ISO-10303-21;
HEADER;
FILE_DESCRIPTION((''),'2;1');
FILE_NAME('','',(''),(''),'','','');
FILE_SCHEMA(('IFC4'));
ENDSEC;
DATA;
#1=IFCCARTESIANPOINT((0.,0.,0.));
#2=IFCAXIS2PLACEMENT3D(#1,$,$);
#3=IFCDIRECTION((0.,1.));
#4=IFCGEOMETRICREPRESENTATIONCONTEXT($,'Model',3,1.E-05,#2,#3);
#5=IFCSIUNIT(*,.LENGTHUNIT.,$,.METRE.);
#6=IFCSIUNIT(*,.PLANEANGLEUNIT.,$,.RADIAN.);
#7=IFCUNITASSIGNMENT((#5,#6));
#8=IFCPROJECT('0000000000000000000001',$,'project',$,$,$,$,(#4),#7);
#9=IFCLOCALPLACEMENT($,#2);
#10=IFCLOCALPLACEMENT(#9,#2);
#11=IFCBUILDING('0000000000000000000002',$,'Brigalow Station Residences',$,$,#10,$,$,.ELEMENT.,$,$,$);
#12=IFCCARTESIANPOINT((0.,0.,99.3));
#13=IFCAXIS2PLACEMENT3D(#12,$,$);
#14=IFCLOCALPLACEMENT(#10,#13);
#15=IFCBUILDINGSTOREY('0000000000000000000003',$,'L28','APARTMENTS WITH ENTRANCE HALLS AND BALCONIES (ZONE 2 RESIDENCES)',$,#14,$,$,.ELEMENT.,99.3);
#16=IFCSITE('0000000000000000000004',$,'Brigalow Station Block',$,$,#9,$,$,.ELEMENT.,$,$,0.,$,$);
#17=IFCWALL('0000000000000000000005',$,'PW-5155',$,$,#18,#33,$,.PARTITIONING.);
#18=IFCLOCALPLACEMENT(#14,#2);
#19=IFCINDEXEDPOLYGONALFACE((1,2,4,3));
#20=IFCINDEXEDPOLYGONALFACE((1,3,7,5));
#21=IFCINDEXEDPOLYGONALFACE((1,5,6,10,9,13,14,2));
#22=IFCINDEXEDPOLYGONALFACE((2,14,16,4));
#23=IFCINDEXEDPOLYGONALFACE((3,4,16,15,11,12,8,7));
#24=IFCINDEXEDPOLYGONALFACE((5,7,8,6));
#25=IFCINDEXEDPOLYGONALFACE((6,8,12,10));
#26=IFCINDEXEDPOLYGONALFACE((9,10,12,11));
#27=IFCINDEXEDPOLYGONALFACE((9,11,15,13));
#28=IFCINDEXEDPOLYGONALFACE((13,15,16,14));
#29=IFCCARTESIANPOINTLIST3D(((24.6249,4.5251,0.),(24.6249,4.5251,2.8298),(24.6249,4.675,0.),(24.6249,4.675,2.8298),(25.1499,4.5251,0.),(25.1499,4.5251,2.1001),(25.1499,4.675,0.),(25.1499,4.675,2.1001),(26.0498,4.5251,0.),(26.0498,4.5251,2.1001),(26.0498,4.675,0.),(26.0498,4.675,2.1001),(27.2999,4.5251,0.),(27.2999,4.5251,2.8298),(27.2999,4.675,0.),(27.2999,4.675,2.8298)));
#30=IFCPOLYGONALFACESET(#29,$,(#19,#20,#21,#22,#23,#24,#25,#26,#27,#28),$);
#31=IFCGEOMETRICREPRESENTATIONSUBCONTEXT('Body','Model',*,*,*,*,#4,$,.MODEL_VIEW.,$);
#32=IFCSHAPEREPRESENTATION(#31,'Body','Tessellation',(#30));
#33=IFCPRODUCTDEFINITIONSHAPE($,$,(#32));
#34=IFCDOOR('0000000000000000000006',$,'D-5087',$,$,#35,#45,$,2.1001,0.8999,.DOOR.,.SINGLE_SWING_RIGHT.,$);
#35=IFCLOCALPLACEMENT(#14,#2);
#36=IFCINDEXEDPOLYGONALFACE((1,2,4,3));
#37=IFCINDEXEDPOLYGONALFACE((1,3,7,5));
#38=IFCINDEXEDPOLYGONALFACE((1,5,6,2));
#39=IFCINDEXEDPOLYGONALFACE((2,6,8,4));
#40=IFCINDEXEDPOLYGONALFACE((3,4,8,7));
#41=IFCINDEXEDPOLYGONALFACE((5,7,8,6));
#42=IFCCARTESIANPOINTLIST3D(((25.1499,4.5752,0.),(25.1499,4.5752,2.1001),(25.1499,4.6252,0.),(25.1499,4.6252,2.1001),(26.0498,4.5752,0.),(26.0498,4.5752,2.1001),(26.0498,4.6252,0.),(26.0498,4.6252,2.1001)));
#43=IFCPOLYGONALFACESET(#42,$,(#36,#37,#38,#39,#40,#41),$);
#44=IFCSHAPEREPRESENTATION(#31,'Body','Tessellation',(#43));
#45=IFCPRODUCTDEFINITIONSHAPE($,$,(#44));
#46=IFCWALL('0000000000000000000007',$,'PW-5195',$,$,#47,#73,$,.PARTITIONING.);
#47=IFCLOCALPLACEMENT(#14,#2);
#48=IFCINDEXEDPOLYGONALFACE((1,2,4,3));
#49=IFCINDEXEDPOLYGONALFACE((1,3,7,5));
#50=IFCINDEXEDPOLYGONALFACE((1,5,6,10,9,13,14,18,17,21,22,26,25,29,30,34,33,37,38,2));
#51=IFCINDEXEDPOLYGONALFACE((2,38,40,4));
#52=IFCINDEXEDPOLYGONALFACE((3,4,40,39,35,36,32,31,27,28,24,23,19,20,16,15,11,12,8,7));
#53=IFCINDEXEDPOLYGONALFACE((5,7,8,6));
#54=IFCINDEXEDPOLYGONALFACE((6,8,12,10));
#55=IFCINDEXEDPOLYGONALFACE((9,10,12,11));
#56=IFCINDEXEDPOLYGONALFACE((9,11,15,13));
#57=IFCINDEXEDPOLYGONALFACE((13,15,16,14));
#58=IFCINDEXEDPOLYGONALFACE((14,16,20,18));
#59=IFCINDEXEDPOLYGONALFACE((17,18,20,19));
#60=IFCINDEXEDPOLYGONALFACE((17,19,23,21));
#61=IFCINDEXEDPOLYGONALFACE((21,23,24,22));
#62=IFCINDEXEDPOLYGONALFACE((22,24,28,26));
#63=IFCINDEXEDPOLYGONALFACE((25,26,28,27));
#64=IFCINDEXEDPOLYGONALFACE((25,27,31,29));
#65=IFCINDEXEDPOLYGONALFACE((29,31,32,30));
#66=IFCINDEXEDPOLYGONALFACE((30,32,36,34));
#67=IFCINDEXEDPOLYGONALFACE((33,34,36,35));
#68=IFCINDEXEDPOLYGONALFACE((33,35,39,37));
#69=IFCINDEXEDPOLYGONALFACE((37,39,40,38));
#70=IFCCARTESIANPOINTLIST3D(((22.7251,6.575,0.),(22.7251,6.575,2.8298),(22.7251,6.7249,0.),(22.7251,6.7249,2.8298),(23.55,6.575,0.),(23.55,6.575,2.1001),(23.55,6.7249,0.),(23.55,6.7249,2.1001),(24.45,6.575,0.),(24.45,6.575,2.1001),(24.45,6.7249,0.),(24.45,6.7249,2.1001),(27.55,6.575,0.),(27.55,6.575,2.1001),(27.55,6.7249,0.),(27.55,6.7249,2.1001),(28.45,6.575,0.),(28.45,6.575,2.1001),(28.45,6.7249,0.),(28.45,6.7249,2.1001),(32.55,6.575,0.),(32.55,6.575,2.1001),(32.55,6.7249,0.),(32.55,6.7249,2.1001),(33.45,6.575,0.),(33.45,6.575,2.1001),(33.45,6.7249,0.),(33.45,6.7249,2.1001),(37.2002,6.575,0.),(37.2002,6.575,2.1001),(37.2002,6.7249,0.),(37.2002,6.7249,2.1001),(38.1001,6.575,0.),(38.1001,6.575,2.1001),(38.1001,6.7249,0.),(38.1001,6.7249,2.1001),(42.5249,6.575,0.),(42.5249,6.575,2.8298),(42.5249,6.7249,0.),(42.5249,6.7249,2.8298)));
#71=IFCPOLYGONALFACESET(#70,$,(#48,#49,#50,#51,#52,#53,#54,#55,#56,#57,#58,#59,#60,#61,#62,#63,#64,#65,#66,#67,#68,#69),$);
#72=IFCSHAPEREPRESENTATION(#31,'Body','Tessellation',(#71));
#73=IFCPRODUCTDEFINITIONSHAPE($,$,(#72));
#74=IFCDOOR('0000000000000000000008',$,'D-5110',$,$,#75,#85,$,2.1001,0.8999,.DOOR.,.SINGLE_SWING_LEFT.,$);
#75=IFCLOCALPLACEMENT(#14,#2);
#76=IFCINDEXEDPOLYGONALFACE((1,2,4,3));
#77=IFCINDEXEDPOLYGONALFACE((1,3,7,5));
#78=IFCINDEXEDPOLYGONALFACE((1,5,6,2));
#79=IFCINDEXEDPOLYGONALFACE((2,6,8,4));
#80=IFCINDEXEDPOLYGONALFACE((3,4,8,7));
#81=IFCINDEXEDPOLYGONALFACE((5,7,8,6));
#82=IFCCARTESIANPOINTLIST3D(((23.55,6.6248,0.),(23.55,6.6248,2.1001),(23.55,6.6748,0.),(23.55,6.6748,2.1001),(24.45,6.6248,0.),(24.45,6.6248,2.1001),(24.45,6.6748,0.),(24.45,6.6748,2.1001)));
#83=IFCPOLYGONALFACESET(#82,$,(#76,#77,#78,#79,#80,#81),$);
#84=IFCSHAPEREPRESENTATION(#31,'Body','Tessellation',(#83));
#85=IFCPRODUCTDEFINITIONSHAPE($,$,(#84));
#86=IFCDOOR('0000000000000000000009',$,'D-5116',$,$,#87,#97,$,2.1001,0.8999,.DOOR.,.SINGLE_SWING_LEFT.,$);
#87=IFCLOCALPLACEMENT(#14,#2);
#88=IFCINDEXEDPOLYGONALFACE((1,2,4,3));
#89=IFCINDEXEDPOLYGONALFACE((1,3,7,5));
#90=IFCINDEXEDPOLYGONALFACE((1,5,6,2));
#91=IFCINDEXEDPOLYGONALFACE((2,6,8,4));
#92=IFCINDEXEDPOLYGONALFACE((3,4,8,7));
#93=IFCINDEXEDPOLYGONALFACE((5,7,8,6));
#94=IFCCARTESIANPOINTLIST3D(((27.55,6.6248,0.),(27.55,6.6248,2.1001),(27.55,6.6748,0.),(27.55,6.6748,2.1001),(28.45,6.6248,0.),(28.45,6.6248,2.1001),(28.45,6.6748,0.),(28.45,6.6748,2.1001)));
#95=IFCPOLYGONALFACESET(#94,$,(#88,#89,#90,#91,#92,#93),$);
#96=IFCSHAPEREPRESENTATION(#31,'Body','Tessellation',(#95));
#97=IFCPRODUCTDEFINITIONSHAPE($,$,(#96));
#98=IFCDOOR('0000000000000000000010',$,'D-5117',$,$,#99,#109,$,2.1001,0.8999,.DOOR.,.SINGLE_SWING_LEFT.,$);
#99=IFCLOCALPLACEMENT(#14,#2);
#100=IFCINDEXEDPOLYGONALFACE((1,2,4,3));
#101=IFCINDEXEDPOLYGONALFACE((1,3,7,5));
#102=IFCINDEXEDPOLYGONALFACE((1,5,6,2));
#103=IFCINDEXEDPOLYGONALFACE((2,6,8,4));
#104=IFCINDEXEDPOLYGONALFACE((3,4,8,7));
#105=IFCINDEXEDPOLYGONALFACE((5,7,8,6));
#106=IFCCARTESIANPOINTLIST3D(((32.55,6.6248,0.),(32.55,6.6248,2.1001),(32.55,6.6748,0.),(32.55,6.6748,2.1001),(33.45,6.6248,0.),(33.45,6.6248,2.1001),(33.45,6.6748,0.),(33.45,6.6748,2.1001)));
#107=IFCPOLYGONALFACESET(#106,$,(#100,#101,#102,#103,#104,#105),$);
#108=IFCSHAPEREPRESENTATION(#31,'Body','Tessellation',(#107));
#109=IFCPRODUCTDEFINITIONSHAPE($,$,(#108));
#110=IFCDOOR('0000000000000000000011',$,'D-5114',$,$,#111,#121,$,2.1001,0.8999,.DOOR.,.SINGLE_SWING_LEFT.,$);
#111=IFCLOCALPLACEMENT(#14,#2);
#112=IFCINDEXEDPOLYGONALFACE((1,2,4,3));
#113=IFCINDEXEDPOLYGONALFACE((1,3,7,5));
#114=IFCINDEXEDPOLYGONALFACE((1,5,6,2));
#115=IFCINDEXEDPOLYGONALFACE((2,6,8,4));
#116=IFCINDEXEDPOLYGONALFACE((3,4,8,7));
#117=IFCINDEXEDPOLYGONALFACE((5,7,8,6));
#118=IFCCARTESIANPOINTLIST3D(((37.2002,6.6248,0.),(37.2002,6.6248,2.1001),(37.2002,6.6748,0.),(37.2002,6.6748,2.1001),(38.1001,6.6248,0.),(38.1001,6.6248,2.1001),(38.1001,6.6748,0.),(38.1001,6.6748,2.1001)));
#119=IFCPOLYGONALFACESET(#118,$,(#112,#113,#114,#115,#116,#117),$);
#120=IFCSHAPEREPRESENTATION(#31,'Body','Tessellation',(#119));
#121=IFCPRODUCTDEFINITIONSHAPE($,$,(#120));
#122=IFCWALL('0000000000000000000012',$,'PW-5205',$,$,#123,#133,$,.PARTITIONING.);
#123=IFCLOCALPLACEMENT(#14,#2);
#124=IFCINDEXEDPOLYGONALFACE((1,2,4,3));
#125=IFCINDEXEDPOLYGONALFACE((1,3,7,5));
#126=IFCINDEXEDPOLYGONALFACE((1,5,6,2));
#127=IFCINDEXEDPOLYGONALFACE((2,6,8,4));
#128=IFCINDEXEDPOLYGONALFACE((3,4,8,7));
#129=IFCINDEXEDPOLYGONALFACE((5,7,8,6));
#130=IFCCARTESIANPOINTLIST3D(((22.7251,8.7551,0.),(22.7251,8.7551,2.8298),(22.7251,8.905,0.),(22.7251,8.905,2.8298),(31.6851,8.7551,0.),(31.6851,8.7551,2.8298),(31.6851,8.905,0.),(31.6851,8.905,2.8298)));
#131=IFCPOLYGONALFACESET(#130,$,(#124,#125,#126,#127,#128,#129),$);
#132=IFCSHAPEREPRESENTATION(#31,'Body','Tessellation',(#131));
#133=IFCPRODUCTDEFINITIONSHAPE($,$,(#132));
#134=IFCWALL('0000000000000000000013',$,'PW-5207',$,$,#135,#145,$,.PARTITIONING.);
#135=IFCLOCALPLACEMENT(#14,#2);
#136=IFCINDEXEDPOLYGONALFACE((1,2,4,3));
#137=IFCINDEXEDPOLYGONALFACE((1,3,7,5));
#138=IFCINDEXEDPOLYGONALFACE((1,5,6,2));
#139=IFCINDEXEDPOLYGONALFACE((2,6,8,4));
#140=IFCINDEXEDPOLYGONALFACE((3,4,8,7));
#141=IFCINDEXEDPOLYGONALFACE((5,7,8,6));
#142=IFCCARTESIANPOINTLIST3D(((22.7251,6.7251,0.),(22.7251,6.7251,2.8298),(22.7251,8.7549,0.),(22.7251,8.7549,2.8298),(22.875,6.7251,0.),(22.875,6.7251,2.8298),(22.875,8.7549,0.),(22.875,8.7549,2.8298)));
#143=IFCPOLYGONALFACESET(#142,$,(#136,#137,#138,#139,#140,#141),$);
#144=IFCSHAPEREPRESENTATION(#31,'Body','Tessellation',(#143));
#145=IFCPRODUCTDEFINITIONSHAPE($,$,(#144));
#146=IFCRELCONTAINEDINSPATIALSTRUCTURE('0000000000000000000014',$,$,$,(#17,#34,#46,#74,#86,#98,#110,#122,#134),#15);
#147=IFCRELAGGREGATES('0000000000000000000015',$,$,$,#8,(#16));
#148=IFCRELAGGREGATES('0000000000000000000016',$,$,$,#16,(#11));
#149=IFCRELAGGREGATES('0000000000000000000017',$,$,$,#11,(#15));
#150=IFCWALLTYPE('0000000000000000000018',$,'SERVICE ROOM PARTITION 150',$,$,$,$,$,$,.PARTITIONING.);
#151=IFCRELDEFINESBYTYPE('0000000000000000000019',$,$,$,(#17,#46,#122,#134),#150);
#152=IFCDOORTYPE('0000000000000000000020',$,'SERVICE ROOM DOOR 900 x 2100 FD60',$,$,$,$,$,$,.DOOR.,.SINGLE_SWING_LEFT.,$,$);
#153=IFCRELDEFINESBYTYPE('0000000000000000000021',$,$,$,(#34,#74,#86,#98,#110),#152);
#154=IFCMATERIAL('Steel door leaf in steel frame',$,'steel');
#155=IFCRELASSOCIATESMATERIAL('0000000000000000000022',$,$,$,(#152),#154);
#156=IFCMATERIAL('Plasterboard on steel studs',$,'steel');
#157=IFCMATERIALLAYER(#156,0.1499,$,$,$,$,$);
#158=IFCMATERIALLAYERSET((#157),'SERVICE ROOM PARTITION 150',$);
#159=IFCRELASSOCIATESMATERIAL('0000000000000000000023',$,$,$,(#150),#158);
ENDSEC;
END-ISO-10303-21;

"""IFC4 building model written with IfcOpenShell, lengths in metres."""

from ifc_helpers import new_model, si_unit, direction, frame, frame_2d, origin, place, context, subcontext, project, spatial, rectangle, extrude, material, layer, layer_set, type_object, element, fill, save


model = new_model("IFC4")

# Units and contexts
model_context = context("Model", 3, precision=1e-05, world=origin(), true_north=direction((0.0, 1.0)))
body_context = subcontext(model_context, "Body", "Model", "MODEL_VIEW")
ifc_project = project(units=[si_unit("LENGTHUNIT", "METRE"), si_unit("PLANEANGLEUNIT", "RADIAN")], contexts=[model_context])

# Site, building, storey
site_placement = place(None, origin())
site = spatial("IfcSite", under=ifc_project, at=site_placement, Name="Brigalow Station Block", CompositionType="ELEMENT", RefElevation=0.0)
building_placement = place(site_placement, origin())
building = spatial("IfcBuilding", under=site, at=building_placement, Name="Brigalow Station Residences", CompositionType="ELEMENT")
storey_placement = place(building_placement, frame((0.0, 0.0, 99.3)))
storey = spatial("IfcBuildingStorey", under=building, at=storey_placement, Name="L28", Description="APARTMENTS WITH ENTRANCE HALLS AND BALCONIES (ZONE 2 RESIDENCES)", CompositionType="ELEMENT", Elevation=99.3)

# Shared definitions
ifc_material_1 = material(Name="Steel door leaf in steel frame", Category="steel")
door_type_1 = type_object("IfcDoorType", Name="SERVICE ROOM DOOR 900 x 2100 FD60", OperationType="SINGLE_SWING_LEFT", PredefinedType="DOOR", material=ifc_material_1)

# Wall, opening, door
ifc_material_2 = material(Name="Plasterboard on steel studs", Category="steel")
ifc_layer_1 = layer(ifc_material_2, 0.1499)
ifc_layer_set_1 = layer_set([ifc_layer_1], Name="SERVICE ROOM PARTITION 150")
wall_type_1 = type_object("IfcWallType", Name="SERVICE ROOM PARTITION 150", PredefinedType="PARTITIONING", material=ifc_layer_set_1)
wall_1_placement = place(storey_placement, frame((24.625, 4.6001, 0.0), z_axis=(0.0, 0.0, 1.0), x_axis=(1.0, 0.0, 0.0)))
wall_1 = element("IfcWall", 1, at=wall_1_placement, inside=storey, type_object=wall_type_1, Name="PW-5155", PredefinedType="PARTITIONING", context=body_context, shape_type="SweptSolid", body=[
    extrude(rectangle(XDim=2.675, YDim=0.1499, at=frame_2d((1.3374, 0.0))), origin(), (0.0, 0.0, 1.0), 2.8298),
])
opening_1_placement = place(wall_1_placement, frame((0.5249, 0.0, 0.0)))
opening_1 = element("IfcOpeningElement", 2, at=opening_1_placement, cuts=wall_1, PredefinedType="OPENING", context=body_context, shape_type="SweptSolid", body=[
    extrude(rectangle(XDim=0.8999, YDim=2.1001, at=frame_2d((0.45, 1.05))), frame((0.0, 0.085, 0.0), z_axis=(0.0, -1.0, 0.0), x_axis=(1.0, 0.0, 0.0)), (0.0, 0.0, 1.0), 0.1699),
])
door_1_placement = place(opening_1_placement, frame((0.8999, 0.0, 0.0), z_axis=(0.0, 0.0, 1.0), x_axis=(-1.0, 0.0, 0.0)))
door_1 = element("IfcDoor", 3, at=door_1_placement, inside=storey, type_object=door_type_1, Name="D-5087", OperationType="SINGLE_SWING_RIGHT", OverallHeight=2.1001, OverallWidth=0.8999, PredefinedType="DOOR", context=body_context, shape_type="SweptSolid", body=[
    extrude(rectangle(XDim=0.8999, YDim=2.1001, at=frame_2d((0.45, 1.05))), frame((0.0, 0.0249, 0.0), z_axis=(0.0, -1.0, 0.0), x_axis=(1.0, 0.0, 0.0)), (0.0, 0.0, 1.0), 0.05),
])
fill(opening_1, door_1)

# Wall, openings, doors
wall_2_placement = place(storey_placement, frame((22.7251, 6.6499, 0.0), z_axis=(0.0, 0.0, 1.0), x_axis=(1.0, 0.0, 0.0)))
wall_2 = element("IfcWall", 4, at=wall_2_placement, inside=storey, type_object=wall_type_1, Name="PW-5195", PredefinedType="PARTITIONING", context=body_context, shape_type="SweptSolid", body=[
    extrude(rectangle(XDim=19.7998, YDim=0.1499, at=frame_2d((9.8999, 0.0))), origin(), (0.0, 0.0, 1.0), 2.8298),
])
opening_2_placement = place(wall_2_placement, frame((0.825, 0.0, 0.0)))
opening_2 = element("IfcOpeningElement", 5, at=opening_2_placement, cuts=wall_2, PredefinedType="OPENING", context=body_context, shape_type="SweptSolid", body=[
    extrude(rectangle(XDim=0.8999, YDim=2.1001, at=frame_2d((0.45, 1.05))), frame((0.0, 0.085, 0.0), z_axis=(0.0, -1.0, 0.0), x_axis=(1.0, 0.0, 0.0)), (0.0, 0.0, 1.0), 0.1699),
])
opening_3_placement = place(wall_2_placement, frame((4.825, 0.0, 0.0)))
opening_3 = element("IfcOpeningElement", 6, at=opening_3_placement, cuts=wall_2, PredefinedType="OPENING", context=body_context, shape_type="SweptSolid", body=[
    extrude(rectangle(XDim=0.8999, YDim=2.1001, at=frame_2d((0.45, 1.05))), frame((0.0, 0.085, 0.0), z_axis=(0.0, -1.0, 0.0), x_axis=(1.0, 0.0, 0.0)), (0.0, 0.0, 1.0), 0.1699),
])
opening_4_placement = place(wall_2_placement, frame((9.825, 0.0, 0.0)))
opening_4 = element("IfcOpeningElement", 7, at=opening_4_placement, cuts=wall_2, PredefinedType="OPENING", context=body_context, shape_type="SweptSolid", body=[
    extrude(rectangle(XDim=0.8999, YDim=2.1001, at=frame_2d((0.45, 1.05))), frame((0.0, 0.085, 0.0), z_axis=(0.0, -1.0, 0.0), x_axis=(1.0, 0.0, 0.0)), (0.0, 0.0, 1.0), 0.1699),
])
opening_5_placement = place(wall_2_placement, frame((14.4751, 0.0, 0.0)))
opening_5 = element("IfcOpeningElement", 8, at=opening_5_placement, cuts=wall_2, PredefinedType="OPENING", context=body_context, shape_type="SweptSolid", body=[
    extrude(rectangle(XDim=0.8999, YDim=2.1001, at=frame_2d((0.45, 1.05))), frame((0.0, 0.085, 0.0), z_axis=(0.0, -1.0, 0.0), x_axis=(1.0, 0.0, 0.0)), (0.0, 0.0, 1.0), 0.1699),
])
door_2_placement = place(opening_2_placement, origin())
door_2 = element("IfcDoor", 9, at=door_2_placement, inside=storey, type_object=door_type_1, Name="D-5110", OperationType="SINGLE_SWING_LEFT", OverallHeight=2.1001, OverallWidth=0.8999, PredefinedType="DOOR", context=body_context, shape_type="SweptSolid", body=[
    extrude(rectangle(XDim=0.8999, YDim=2.1001, at=frame_2d((0.45, 1.05))), frame((0.0, 0.0249, 0.0), z_axis=(0.0, -1.0, 0.0), x_axis=(1.0, 0.0, 0.0)), (0.0, 0.0, 1.0), 0.05),
])
fill(opening_2, door_2)
door_3_placement = place(opening_3_placement, origin())
door_3 = element("IfcDoor", 10, at=door_3_placement, inside=storey, type_object=door_type_1, Name="D-5116", OperationType="SINGLE_SWING_LEFT", OverallHeight=2.1001, OverallWidth=0.8999, PredefinedType="DOOR", context=body_context, shape_type="SweptSolid", body=[
    extrude(rectangle(XDim=0.8999, YDim=2.1001, at=frame_2d((0.45, 1.05))), frame((0.0, 0.0249, 0.0), z_axis=(0.0, -1.0, 0.0), x_axis=(1.0, 0.0, 0.0)), (0.0, 0.0, 1.0), 0.05),
])
fill(opening_3, door_3)
door_4_placement = place(opening_4_placement, origin())
door_4 = element("IfcDoor", 11, at=door_4_placement, inside=storey, type_object=door_type_1, Name="D-5117", OperationType="SINGLE_SWING_LEFT", OverallHeight=2.1001, OverallWidth=0.8999, PredefinedType="DOOR", context=body_context, shape_type="SweptSolid", body=[
    extrude(rectangle(XDim=0.8999, YDim=2.1001, at=frame_2d((0.45, 1.05))), frame((0.0, 0.0249, 0.0), z_axis=(0.0, -1.0, 0.0), x_axis=(1.0, 0.0, 0.0)), (0.0, 0.0, 1.0), 0.05),
])
fill(opening_4, door_4)
door_5_placement = place(opening_5_placement, origin())
door_5 = element("IfcDoor", 12, at=door_5_placement, inside=storey, type_object=door_type_1, Name="D-5114", OperationType="SINGLE_SWING_LEFT", OverallHeight=2.1001, OverallWidth=0.8999, PredefinedType="DOOR", context=body_context, shape_type="SweptSolid", body=[
    extrude(rectangle(XDim=0.8999, YDim=2.1001, at=frame_2d((0.45, 1.05))), frame((0.0, 0.0249, 0.0), z_axis=(0.0, -1.0, 0.0), x_axis=(1.0, 0.0, 0.0)), (0.0, 0.0, 1.0), 0.05),
])
fill(opening_5, door_5)

# Walls
wall_3_placement = place(storey_placement, frame((22.7251, 8.8301, 0.0), z_axis=(0.0, 0.0, 1.0), x_axis=(1.0, 0.0, 0.0)))
element("IfcWall", 13, at=wall_3_placement, inside=storey, type_object=wall_type_1, Name="PW-5205", PredefinedType="PARTITIONING", context=body_context, shape_type="SweptSolid", body=[
    extrude(rectangle(XDim=8.96, YDim=0.1499, at=frame_2d((4.48, 0.0))), origin(), (0.0, 0.0, 1.0), 2.8298),
])
wall_4_placement = place(storey_placement, frame((22.8, 6.7251, 0.0), z_axis=(0.0, 0.0, 1.0), x_axis=(0.0, 1.0, 0.0)))
element("IfcWall", 14, at=wall_4_placement, inside=storey, type_object=wall_type_1, Name="PW-5207", PredefinedType="PARTITIONING", context=body_context, shape_type="SweptSolid", body=[
    extrude(rectangle(XDim=2.0298, YDim=0.1499, at=frame_2d((1.0149, 0.0))), origin(), (0.0, 0.0, 1.0), 2.8298),
])

save(model, "model.ifc")
